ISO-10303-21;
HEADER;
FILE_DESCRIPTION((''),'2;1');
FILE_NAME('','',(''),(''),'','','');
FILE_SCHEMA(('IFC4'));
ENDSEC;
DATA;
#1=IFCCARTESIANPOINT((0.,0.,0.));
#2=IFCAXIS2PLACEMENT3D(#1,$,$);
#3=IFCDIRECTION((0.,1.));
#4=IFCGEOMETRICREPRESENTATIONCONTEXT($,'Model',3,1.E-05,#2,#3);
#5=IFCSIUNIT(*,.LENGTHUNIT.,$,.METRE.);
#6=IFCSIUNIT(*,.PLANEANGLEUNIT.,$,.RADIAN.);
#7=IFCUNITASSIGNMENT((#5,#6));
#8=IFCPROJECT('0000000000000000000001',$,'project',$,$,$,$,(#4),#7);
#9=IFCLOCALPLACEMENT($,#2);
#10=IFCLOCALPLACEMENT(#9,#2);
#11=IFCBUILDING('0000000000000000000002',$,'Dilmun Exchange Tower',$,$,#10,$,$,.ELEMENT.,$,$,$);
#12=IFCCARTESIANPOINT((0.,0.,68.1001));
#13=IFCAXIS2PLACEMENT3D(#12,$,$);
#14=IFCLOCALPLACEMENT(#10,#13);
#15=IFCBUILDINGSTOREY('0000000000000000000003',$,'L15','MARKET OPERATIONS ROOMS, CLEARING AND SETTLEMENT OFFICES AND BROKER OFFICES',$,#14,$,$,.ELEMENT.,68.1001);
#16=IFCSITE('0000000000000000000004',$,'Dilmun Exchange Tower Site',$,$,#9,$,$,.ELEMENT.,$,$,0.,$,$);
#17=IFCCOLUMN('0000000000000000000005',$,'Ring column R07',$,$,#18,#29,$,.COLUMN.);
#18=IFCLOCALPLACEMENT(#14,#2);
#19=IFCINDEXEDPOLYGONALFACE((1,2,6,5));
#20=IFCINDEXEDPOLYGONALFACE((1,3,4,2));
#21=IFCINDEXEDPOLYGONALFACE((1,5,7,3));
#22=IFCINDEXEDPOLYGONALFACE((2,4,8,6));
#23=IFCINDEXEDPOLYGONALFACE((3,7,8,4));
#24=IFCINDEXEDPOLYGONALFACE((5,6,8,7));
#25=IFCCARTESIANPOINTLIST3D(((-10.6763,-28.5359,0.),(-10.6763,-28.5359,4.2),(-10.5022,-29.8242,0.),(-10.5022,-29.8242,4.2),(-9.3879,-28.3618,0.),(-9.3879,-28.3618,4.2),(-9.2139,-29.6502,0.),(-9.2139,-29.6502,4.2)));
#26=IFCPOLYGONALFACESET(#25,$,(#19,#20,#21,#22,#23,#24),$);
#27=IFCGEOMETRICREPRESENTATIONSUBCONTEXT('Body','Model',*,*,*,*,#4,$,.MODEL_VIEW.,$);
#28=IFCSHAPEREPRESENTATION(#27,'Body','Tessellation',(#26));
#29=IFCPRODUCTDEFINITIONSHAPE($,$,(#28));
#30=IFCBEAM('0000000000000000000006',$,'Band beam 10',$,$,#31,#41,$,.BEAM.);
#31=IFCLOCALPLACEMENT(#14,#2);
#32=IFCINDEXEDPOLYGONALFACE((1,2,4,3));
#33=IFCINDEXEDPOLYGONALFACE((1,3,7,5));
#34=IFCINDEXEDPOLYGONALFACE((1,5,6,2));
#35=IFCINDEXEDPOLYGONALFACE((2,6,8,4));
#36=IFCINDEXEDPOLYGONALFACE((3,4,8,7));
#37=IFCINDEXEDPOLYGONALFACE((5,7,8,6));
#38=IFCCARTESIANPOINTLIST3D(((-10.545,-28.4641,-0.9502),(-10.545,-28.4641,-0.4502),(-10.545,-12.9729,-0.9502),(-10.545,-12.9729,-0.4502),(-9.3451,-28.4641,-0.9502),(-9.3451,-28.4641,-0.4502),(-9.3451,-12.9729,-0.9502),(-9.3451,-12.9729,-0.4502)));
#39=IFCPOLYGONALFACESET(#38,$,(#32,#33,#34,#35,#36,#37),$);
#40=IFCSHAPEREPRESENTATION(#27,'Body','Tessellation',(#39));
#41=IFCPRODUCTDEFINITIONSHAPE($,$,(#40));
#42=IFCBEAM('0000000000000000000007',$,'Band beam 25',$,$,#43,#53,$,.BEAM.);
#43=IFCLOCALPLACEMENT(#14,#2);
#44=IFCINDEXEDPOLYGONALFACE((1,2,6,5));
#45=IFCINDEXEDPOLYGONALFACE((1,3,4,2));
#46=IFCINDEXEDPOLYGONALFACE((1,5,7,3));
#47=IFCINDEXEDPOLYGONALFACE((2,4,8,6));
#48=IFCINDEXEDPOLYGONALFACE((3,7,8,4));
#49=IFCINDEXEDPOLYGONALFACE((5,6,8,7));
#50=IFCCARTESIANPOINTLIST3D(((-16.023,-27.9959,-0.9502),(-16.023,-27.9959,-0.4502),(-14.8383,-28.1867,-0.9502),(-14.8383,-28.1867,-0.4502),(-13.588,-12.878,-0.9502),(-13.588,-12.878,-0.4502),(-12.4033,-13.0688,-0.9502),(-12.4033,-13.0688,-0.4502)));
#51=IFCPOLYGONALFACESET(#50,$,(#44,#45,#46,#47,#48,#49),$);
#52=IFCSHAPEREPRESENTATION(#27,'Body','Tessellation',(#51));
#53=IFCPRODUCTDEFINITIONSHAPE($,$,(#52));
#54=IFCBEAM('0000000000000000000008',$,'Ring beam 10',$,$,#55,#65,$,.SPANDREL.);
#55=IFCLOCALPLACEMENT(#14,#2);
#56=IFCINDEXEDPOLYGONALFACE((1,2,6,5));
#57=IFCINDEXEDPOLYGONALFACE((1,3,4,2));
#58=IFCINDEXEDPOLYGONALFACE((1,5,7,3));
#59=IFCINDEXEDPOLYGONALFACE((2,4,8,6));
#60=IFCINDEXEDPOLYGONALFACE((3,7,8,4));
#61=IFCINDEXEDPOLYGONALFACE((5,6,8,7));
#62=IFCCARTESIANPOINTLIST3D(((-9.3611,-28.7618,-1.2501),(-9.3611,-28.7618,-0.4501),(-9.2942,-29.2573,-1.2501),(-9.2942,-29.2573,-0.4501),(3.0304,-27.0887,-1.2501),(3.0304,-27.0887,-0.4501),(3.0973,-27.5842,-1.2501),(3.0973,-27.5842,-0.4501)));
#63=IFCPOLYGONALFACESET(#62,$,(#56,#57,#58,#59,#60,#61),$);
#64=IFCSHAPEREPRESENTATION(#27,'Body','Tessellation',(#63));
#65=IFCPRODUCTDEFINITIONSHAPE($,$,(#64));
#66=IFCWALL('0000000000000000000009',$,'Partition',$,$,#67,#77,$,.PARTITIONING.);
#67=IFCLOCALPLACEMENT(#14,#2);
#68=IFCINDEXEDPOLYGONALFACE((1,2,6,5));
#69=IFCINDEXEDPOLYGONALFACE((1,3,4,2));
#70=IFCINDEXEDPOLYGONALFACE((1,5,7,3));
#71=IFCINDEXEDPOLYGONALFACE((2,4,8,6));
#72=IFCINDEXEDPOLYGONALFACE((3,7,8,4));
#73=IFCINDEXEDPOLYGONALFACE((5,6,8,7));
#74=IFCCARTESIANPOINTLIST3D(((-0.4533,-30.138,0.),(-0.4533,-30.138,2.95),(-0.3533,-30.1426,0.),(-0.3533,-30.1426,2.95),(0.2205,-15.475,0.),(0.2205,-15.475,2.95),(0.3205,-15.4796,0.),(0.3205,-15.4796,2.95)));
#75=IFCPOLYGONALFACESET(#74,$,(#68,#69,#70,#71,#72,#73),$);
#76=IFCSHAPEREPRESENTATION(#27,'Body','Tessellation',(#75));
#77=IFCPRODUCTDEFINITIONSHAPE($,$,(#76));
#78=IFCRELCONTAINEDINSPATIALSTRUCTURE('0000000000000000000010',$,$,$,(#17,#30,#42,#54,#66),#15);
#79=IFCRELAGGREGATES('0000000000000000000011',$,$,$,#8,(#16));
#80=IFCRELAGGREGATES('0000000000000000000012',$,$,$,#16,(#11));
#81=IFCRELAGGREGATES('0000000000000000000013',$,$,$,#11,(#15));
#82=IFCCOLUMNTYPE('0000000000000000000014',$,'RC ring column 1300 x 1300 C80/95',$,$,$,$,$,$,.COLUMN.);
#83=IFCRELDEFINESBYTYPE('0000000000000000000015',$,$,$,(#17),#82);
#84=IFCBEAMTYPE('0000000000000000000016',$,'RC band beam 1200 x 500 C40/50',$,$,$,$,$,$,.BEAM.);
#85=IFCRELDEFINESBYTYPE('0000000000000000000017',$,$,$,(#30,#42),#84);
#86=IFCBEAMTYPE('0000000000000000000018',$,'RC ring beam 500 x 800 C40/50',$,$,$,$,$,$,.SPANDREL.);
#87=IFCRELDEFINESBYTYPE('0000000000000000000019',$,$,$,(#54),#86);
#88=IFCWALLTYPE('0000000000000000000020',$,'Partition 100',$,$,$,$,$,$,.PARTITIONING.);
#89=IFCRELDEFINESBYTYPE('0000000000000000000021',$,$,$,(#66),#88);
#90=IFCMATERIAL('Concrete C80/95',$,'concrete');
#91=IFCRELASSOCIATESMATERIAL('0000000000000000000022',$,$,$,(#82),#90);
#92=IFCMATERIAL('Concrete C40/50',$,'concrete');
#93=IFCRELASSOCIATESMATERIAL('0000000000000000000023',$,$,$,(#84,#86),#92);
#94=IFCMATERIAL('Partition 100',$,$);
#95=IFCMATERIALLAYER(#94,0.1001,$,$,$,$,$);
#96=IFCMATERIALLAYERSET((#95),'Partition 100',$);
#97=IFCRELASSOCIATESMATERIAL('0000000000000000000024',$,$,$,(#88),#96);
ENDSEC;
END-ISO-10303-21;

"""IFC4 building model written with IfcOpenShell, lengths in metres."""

from ifc_helpers import new_model, si_unit, direction, frame, frame_2d, origin, origin_2d, place, context, subcontext, project, spatial, rectangle, extrude, material, layer, layer_set, material_profile, profile_set, type_object, element, save


model = new_model("IFC4")

# Units and contexts
model_context = context("Model", 3, precision=1e-05, world=origin(), true_north=direction((0.0, 1.0)))
body_context = subcontext(model_context, "Body", "Model", "MODEL_VIEW")
ifc_project = project(units=[si_unit("LENGTHUNIT", "METRE"), si_unit("PLANEANGLEUNIT", "RADIAN")], contexts=[model_context])

# Site, building, storey
site_placement = place(None, origin())
site = spatial("IfcSite", under=ifc_project, at=site_placement, Name="Dilmun Exchange Tower Site", CompositionType="ELEMENT", RefElevation=0.0)
building_placement = place(site_placement, origin())
building = spatial("IfcBuilding", under=site, at=building_placement, Name="Dilmun Exchange Tower", CompositionType="ELEMENT")
storey_placement = place(building_placement, frame((0.0, 0.0, 68.1001)))
storey = spatial("IfcBuildingStorey", under=building, at=storey_placement, Name="L15", Description="MARKET OPERATIONS ROOMS, CLEARING AND SETTLEMENT OFFICES AND BROKER OFFICES", CompositionType="ELEMENT", Elevation=68.1001)

# Column
ifc_material_1 = material(Name="Concrete C80/95", Category="concrete")
ifc_material_profile_1 = material_profile(ifc_material_1, rectangle(XDim=1.3, YDim=1.3, at=origin_2d()), Name="1300 x 1300")
ifc_profile_set_1 = profile_set([ifc_material_profile_1], Name="Concrete C80/95")
column_type = type_object("IfcColumnType", Name="RC ring column 1300 x 1300 C80/95", PredefinedType="COLUMN", material=ifc_profile_set_1)
column_placement = place(storey_placement, frame((-9.9451, -29.093, 0.0), z_axis=(0.0, 0.0, 1.0), x_axis=(0.991001, 0.133853, 0.0)))
element("IfcColumn", 1, at=column_placement, inside=storey, type_object=column_type, Name="Ring column R07", PredefinedType="COLUMN", context=body_context, shape_type="SweptSolid", body=[
    extrude(rectangle(XDim=1.3, YDim=1.3, at=origin_2d()), origin(), (0.0, 0.0, 1.0), 4.2),
])

# Beams
ifc_material_2 = material(Name="Concrete C40/50", Category="concrete")
ifc_material_profile_2 = material_profile(ifc_material_2, rectangle(XDim=1.2, YDim=0.5, at=origin_2d()), Name="1200 x 500")
ifc_profile_set_2 = profile_set([ifc_material_profile_2], Name="Concrete C40/50")
beam_type_1 = type_object("IfcBeamType", Name="RC band beam 1200 x 500 C40/50", PredefinedType="BEAM", material=ifc_profile_set_2)
beam_1_placement = place(storey_placement, frame((-9.9451, -28.4641, -0.7002), z_axis=(0.0, 1.0, 0.0), x_axis=(-1.0, 0.0, 0.0)))
element("IfcBeam", 2, at=beam_1_placement, inside=storey, type_object=beam_type_1, Name="Band beam 10", PredefinedType="BEAM", context=body_context, shape_type="SweptSolid", body=[
    extrude(rectangle(XDim=1.2, YDim=0.5, at=origin_2d()), origin(), (0.0, 0.0, 1.0), 15.4912),
])
beam_2_placement = place(storey_placement, frame((-15.4307, -28.0913, -0.7002), z_axis=(0.159021, 0.987275, 0.0), x_axis=(-0.987275, 0.159021, 0.0)))
element("IfcBeam", 3, at=beam_2_placement, inside=storey, type_object=beam_type_1, Name="Band beam 25", PredefinedType="BEAM", context=body_context, shape_type="SweptSolid", body=[
    extrude(rectangle(XDim=1.2, YDim=0.5, at=origin_2d()), origin(), (0.0, 0.0, 1.0), 15.3127),
])
ifc_material_profile_3 = material_profile(ifc_material_2, rectangle(XDim=0.5, YDim=0.8, at=origin_2d()), Name="500 x 800")
ifc_profile_set_3 = profile_set([ifc_material_profile_3], Name="Concrete C40/50")
beam_type_2 = type_object("IfcBeamType", Name="RC ring beam 500 x 800 C40/50", PredefinedType="SPANDREL", material=ifc_profile_set_3)
beam_3_placement = place(storey_placement, frame((-9.3276, -29.0095, -0.8501), z_axis=(0.991007, 0.133807, 0.0), x_axis=(-0.133807, 0.991007, 0.0)))
element("IfcBeam", 4, at=beam_3_placement, inside=storey, type_object=beam_type_2, Name="Ring beam 10", PredefinedType="SPANDREL", context=body_context, shape_type="SweptSolid", body=[
    extrude(rectangle(XDim=0.5, YDim=0.8, at=origin_2d()), origin(), (0.0, 0.0, 1.0), 12.5039),
])

# Wall
ifc_material_3 = material(Name="Partition 100")
ifc_layer_1 = layer(ifc_material_3, 0.1001)
ifc_layer_set_1 = layer_set([ifc_layer_1], Name="Partition 100")
wall_type_1 = type_object("IfcWallType", Name="Partition 100", PredefinedType="PARTITIONING", material=ifc_layer_set_1)
wall_1_placement = place(storey_placement, frame((-0.4033, -30.1404, 0.0), z_axis=(0.0, 0.0, 1.0), x_axis=(0.045906, 0.998946, 0.0)))
element("IfcWall", 5, at=wall_1_placement, inside=storey, type_object=wall_type_1, Name="Partition", PredefinedType="PARTITIONING", context=body_context, shape_type="SweptSolid", body=[
    extrude(rectangle(XDim=14.6785, YDim=0.1001, at=frame_2d((7.3394, 0.0))), origin(), (0.0, 0.0, 1.0), 2.95),
])

save(model, "model.ifc")
